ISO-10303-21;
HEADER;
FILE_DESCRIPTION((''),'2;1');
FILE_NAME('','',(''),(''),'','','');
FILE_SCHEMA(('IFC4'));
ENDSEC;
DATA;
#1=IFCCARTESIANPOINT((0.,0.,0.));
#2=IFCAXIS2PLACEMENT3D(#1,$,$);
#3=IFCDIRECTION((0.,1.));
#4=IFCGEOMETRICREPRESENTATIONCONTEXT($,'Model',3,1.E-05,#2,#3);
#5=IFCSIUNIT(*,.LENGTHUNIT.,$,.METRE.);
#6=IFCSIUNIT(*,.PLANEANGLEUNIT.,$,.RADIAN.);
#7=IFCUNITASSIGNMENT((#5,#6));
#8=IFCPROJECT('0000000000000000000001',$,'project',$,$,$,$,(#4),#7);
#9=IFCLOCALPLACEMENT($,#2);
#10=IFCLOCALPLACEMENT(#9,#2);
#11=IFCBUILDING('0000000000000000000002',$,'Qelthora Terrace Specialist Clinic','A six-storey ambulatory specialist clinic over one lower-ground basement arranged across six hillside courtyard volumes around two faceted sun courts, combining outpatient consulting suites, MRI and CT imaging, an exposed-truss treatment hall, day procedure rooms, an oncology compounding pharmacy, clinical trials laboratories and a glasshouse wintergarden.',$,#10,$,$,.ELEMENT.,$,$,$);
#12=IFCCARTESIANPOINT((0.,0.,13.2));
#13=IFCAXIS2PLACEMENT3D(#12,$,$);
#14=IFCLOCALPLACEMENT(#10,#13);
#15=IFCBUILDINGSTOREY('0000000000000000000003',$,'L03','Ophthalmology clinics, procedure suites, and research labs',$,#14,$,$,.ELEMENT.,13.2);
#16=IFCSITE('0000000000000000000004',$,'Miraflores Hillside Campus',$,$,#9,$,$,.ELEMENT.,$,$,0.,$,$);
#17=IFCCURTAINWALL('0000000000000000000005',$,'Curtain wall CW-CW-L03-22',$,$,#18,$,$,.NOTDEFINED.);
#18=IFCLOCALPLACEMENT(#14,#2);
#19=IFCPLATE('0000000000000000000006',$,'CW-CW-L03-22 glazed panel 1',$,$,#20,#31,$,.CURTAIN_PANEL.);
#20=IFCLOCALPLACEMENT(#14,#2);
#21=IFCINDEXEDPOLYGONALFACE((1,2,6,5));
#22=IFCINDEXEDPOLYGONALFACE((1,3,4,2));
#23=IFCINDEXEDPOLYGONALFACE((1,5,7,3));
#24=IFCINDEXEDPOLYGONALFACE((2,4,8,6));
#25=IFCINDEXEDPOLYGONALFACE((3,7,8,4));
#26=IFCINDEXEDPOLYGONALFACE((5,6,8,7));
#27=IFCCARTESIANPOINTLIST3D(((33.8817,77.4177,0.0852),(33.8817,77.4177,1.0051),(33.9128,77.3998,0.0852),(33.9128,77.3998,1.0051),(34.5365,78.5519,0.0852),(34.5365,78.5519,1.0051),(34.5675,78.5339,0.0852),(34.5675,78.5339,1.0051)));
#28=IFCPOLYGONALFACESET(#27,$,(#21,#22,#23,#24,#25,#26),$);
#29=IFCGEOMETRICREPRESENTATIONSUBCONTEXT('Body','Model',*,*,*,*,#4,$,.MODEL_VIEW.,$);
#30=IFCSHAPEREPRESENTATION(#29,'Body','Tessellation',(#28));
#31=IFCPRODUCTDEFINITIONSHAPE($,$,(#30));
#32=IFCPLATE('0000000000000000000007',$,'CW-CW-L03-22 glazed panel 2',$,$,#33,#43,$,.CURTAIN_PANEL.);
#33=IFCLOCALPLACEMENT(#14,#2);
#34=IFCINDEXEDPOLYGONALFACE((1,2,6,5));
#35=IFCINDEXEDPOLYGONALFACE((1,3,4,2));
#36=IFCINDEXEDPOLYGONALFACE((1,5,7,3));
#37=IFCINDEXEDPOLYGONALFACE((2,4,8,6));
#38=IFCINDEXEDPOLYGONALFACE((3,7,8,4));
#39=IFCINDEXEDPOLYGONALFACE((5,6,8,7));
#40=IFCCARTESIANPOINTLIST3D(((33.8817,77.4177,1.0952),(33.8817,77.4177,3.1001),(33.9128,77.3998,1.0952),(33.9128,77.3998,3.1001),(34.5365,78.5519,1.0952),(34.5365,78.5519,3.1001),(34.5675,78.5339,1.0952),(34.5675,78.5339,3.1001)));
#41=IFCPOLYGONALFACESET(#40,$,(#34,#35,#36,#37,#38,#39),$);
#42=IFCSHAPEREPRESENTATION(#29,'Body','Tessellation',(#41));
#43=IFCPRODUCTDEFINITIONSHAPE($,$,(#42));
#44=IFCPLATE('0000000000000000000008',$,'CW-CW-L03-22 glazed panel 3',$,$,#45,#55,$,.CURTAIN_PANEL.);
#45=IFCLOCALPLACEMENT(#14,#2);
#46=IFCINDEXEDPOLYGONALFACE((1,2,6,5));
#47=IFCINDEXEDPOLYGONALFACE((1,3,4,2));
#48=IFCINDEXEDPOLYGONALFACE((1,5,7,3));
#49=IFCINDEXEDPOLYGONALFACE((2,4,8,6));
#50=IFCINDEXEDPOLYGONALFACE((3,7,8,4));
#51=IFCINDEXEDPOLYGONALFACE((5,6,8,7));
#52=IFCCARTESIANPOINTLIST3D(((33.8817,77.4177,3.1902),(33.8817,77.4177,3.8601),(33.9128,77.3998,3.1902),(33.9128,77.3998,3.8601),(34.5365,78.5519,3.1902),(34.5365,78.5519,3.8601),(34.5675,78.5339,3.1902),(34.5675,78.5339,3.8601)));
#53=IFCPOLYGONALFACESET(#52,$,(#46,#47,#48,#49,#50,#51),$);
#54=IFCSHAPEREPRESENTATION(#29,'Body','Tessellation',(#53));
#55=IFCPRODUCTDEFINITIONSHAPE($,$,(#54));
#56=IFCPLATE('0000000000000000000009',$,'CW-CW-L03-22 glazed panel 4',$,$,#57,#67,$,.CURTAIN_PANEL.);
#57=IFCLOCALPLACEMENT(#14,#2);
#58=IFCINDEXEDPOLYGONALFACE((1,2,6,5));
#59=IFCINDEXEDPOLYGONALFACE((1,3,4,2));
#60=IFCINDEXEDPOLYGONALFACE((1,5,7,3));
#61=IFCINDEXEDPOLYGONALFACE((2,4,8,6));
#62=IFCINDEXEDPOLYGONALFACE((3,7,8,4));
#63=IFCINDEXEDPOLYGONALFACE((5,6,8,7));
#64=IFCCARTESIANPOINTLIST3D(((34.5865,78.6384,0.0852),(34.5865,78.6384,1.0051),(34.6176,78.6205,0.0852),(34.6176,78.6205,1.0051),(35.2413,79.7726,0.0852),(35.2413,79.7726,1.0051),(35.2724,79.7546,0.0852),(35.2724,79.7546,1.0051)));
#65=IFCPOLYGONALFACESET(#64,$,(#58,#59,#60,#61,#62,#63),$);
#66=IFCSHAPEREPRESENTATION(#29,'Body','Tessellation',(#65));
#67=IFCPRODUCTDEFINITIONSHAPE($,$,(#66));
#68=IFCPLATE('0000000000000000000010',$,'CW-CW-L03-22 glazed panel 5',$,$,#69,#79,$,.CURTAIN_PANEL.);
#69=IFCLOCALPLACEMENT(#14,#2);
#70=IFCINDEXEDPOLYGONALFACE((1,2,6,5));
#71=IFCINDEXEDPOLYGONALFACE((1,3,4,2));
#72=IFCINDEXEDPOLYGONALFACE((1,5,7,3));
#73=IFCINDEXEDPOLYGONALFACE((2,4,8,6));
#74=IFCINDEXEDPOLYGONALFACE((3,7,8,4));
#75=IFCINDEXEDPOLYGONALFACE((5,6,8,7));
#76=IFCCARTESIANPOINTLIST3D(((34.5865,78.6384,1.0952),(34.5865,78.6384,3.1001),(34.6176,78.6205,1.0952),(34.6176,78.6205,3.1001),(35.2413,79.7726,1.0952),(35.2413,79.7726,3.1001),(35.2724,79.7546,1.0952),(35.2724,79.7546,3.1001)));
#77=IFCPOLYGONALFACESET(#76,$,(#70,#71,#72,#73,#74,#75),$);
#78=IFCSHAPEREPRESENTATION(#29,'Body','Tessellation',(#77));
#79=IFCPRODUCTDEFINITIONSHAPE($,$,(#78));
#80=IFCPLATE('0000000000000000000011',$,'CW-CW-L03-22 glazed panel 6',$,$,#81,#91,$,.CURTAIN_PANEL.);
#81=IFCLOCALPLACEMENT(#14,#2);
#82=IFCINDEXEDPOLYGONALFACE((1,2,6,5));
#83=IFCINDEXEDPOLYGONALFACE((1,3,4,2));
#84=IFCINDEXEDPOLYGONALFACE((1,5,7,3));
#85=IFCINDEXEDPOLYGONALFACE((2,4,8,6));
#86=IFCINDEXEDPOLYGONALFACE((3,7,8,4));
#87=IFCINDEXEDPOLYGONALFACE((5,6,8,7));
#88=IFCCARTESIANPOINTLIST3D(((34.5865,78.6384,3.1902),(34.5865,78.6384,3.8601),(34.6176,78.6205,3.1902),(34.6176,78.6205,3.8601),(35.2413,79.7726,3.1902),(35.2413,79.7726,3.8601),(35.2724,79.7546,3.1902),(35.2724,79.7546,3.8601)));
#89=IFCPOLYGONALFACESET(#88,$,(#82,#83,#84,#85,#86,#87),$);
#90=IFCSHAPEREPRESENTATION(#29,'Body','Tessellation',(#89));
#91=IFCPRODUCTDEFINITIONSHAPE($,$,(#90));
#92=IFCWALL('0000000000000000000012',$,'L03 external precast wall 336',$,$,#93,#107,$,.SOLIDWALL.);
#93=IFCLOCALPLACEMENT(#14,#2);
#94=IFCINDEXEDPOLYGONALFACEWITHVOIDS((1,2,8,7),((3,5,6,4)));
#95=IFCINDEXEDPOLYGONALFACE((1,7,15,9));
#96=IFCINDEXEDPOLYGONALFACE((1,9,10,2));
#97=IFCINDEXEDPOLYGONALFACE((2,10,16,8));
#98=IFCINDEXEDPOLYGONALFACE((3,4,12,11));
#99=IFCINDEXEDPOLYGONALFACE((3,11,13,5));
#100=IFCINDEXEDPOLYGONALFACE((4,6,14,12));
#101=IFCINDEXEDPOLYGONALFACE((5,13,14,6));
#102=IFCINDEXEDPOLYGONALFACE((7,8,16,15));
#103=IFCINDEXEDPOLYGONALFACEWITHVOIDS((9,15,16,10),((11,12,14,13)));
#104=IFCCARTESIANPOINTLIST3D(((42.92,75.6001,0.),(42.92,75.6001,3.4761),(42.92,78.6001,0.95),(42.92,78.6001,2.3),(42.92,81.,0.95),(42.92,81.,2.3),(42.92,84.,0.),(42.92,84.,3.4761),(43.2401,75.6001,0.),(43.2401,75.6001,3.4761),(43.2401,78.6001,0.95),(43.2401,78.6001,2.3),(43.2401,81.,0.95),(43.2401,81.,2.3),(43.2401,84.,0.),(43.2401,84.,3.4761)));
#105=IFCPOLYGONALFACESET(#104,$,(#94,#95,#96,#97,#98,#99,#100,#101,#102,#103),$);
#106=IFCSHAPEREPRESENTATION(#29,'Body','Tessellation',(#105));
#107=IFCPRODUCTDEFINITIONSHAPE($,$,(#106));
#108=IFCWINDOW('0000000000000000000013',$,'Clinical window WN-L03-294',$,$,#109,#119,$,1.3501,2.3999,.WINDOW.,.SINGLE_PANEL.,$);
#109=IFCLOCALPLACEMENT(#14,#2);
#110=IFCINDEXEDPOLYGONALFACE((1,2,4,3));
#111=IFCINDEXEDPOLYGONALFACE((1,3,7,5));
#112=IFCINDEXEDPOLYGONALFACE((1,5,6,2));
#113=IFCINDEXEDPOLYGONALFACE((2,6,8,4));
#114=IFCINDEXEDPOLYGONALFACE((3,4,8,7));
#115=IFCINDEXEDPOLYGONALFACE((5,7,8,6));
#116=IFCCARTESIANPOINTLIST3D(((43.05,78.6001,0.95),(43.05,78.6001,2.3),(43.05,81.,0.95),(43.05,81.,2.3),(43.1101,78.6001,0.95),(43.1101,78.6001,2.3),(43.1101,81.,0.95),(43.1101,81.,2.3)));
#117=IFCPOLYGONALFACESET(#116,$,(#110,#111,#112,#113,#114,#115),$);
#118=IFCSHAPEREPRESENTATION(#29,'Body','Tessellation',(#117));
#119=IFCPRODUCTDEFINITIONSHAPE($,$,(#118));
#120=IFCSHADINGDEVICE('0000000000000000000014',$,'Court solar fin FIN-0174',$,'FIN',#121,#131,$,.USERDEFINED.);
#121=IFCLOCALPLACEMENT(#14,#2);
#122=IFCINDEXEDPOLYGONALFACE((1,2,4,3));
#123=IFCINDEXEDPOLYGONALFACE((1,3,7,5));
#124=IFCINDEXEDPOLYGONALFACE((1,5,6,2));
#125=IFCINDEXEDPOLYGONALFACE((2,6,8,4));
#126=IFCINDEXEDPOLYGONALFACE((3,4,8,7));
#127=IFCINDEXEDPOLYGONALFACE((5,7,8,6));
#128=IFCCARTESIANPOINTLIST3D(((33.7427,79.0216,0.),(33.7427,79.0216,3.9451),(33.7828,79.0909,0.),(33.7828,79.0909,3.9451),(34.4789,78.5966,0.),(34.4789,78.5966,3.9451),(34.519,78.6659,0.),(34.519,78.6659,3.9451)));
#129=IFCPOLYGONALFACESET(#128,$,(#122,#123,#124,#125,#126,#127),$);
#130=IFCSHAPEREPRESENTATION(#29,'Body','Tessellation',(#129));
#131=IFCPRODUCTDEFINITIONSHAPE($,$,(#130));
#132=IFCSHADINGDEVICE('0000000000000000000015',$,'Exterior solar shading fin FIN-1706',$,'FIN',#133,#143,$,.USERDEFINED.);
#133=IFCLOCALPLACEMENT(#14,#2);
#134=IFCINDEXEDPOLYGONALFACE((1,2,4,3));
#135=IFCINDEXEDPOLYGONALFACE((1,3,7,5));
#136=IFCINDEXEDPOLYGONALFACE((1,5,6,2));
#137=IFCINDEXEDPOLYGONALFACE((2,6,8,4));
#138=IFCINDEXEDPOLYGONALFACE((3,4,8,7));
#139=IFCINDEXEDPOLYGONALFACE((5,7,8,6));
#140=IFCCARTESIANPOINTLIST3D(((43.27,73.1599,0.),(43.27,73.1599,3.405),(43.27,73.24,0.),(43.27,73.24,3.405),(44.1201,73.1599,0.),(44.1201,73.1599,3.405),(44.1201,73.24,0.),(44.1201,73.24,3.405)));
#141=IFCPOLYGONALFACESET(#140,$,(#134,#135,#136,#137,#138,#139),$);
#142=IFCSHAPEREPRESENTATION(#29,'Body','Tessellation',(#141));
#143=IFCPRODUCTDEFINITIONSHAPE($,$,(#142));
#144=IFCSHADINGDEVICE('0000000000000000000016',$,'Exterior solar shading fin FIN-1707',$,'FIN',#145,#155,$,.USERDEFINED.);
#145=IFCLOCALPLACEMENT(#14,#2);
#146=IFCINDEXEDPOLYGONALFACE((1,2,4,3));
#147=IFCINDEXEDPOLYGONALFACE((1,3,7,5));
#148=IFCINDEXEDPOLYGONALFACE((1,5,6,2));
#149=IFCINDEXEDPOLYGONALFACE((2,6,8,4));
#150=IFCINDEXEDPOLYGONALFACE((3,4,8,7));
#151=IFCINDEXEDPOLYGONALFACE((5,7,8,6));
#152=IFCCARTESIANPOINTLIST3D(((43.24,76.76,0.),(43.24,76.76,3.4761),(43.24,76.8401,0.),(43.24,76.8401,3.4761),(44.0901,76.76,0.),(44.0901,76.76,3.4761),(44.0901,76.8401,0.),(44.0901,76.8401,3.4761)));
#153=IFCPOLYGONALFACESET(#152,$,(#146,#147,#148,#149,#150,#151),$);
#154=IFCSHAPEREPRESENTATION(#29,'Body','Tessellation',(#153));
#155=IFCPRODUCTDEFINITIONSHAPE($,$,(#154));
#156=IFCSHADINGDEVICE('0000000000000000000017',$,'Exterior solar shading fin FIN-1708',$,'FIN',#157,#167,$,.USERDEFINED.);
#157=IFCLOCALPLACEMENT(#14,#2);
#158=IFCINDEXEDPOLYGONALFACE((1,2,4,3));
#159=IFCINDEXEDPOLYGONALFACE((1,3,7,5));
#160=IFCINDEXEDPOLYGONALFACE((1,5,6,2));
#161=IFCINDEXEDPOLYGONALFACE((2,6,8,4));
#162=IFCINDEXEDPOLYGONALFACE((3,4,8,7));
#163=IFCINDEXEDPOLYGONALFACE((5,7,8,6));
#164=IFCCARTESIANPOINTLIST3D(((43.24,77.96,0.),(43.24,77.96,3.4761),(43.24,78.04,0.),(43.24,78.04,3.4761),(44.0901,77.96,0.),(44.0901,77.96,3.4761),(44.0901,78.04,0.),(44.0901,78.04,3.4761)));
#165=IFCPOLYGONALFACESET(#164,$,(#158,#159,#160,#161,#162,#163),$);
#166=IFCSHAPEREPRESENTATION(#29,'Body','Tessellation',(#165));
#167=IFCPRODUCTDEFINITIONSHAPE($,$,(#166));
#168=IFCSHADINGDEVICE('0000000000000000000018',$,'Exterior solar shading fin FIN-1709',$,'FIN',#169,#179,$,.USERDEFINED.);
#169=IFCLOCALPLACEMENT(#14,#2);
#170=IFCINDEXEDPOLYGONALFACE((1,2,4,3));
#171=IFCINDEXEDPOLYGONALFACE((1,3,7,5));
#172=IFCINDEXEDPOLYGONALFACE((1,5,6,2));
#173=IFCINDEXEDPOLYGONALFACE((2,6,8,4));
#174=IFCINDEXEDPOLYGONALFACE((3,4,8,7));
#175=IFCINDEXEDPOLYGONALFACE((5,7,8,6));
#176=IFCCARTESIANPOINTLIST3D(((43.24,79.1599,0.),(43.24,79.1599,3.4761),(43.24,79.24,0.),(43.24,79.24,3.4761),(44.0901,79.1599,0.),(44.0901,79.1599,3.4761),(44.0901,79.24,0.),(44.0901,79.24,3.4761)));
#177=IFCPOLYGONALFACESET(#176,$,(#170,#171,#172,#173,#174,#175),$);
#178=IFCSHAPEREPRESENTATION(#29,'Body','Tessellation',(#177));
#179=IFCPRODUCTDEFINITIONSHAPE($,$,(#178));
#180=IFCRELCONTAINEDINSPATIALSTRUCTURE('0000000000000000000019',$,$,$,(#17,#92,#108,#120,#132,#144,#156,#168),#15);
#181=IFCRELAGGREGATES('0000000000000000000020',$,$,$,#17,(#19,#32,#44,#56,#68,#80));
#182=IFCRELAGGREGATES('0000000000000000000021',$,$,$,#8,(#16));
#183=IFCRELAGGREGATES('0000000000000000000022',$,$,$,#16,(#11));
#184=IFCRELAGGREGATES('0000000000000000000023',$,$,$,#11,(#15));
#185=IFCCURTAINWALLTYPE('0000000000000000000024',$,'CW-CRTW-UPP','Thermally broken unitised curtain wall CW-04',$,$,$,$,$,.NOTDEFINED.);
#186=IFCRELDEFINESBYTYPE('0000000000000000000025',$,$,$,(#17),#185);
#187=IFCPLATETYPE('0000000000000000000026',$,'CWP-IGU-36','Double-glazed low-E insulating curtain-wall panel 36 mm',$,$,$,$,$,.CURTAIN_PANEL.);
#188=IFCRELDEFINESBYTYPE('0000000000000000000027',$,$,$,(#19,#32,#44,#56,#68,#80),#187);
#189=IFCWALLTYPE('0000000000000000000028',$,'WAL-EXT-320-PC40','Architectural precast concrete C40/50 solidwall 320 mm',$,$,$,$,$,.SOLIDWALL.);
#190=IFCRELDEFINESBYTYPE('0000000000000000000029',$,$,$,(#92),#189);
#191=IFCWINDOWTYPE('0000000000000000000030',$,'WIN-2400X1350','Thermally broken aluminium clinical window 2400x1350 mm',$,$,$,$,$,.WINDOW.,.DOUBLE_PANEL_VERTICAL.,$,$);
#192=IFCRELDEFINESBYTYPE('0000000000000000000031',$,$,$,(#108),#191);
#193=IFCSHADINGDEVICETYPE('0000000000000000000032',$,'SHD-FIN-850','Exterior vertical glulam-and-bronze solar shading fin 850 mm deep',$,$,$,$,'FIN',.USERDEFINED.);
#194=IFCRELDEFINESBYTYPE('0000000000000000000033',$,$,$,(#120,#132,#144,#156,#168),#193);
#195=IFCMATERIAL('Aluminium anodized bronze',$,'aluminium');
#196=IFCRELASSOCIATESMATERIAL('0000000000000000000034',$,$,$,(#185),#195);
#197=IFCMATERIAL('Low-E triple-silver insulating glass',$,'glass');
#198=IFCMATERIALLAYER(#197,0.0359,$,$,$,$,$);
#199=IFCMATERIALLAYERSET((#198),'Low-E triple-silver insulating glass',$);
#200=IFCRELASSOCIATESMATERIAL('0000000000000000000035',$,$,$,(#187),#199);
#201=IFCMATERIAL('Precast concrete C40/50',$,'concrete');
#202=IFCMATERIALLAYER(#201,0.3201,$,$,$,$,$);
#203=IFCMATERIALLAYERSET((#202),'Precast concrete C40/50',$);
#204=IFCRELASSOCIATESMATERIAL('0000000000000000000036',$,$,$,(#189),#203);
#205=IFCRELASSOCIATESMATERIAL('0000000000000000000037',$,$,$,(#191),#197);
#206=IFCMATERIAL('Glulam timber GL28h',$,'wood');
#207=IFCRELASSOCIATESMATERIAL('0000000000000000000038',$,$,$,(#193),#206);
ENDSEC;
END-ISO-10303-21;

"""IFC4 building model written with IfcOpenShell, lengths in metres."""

from ifc_helpers import new_model, si_unit, direction, frame, frame_2d, origin, origin_2d, place, context, subcontext, project, spatial, rectangle, extrude, material, layer, layer_set, type_object, element, fill, aggregate, save


model = new_model("IFC4")

# Units and contexts
model_context = context("Model", 3, precision=1e-05, world=origin(), true_north=direction((0.0, 1.0)))
body_context = subcontext(model_context, "Body", "Model", "MODEL_VIEW")
ifc_project = project(units=[si_unit("LENGTHUNIT", "METRE"), si_unit("PLANEANGLEUNIT", "RADIAN")], contexts=[model_context])

# Site, building, storey
site_placement = place(None, origin())
site = spatial("IfcSite", under=ifc_project, at=site_placement, Name="Miraflores Hillside Campus", CompositionType="ELEMENT", RefElevation=0.0)
building_placement = place(site_placement, origin())
building = spatial("IfcBuilding", under=site, at=building_placement, Name="Qelthora Terrace Specialist Clinic", Description="A six-storey ambulatory specialist clinic over one lower-ground basement arranged across six hillside courtyard volumes around two faceted sun courts, combining outpatient consulting suites, MRI and CT imaging, an exposed-truss treatment hall, day procedure rooms, an oncology compounding pharmacy, clinical trials laboratories and a glasshouse wintergarden.", CompositionType="ELEMENT")
storey_placement = place(building_placement, frame((0.0, 0.0, 13.2)))
storey = spatial("IfcBuildingStorey", under=building, at=storey_placement, Name="L03", Description="Ophthalmology clinics, procedure suites, and research labs", CompositionType="ELEMENT", Elevation=13.2)

# Curtain wall
ifc_material_1 = material(Name="Aluminium anodized bronze", Category="aluminium")
curtain_wall_type = type_object("IfcCurtainWallType", Name="CW-CRTW-UPP", Description="Thermally broken unitised curtain wall CW-04", PredefinedType="NOTDEFINED", material=ifc_material_1)
curtain_wall_1_placement = place(storey_placement, origin())
curtain_wall_1 = element("IfcCurtainWall", 1, at=curtain_wall_1_placement, inside=storey, type_object=curtain_wall_type, Name="Curtain wall CW-CW-L03-22", PredefinedType="NOTDEFINED")

# Plates
ifc_material_2 = material(Name="Low-E triple-silver insulating glass", Category="glass")
ifc_layer_1 = layer(ifc_material_2, 0.0359)
ifc_layer_set_1 = layer_set([ifc_layer_1], Name="Low-E triple-silver insulating glass")
plate_type = type_object("IfcPlateType", Name="CWP-IGU-36", Description="Double-glazed low-E insulating curtain-wall panel 36 mm", PredefinedType="CURTAIN_PANEL", material=ifc_layer_set_1)
plate_1_placement = place(storey_placement, frame((34.2246, 77.9758, 0.0852), z_axis=(0.0, 0.0, 1.0), x_axis=(0.5, 0.866025, 0.0)))
plate_1 = element("IfcPlate", 2, at=plate_1_placement, type_object=plate_type, Name="CW-CW-L03-22 glazed panel 1", PredefinedType="CURTAIN_PANEL", context=body_context, shape_type="SweptSolid", body=[
    extrude(rectangle(XDim=1.3096, YDim=0.0359, at=origin_2d()), origin(), (0.0, 0.0, 1.0), 0.9199),
])
plate_2_placement = place(storey_placement, frame((34.2246, 77.9758, 1.0952), z_axis=(0.0, 0.0, 1.0), x_axis=(0.5, 0.866025, 0.0)))
plate_2 = element("IfcPlate", 3, at=plate_2_placement, type_object=plate_type, Name="CW-CW-L03-22 glazed panel 2", PredefinedType="CURTAIN_PANEL", context=body_context, shape_type="SweptSolid", body=[
    extrude(rectangle(XDim=1.3096, YDim=0.0359, at=origin_2d()), origin(), (0.0, 0.0, 1.0), 2.0049),
])
plate_3_placement = place(storey_placement, frame((34.2246, 77.9758, 3.1902), z_axis=(0.0, 0.0, 1.0), x_axis=(0.5, 0.866025, 0.0)))
plate_3 = element("IfcPlate", 4, at=plate_3_placement, type_object=plate_type, Name="CW-CW-L03-22 glazed panel 3", PredefinedType="CURTAIN_PANEL", context=body_context, shape_type="SweptSolid", body=[
    extrude(rectangle(XDim=1.3096, YDim=0.0359, at=origin_2d()), origin(), (0.0, 0.0, 1.0), 0.6699),
])
plate_4_placement = place(storey_placement, frame((34.9294, 79.1965, 0.0852), z_axis=(0.0, 0.0, 1.0), x_axis=(0.5, 0.866025, 0.0)))
plate_4 = element("IfcPlate", 5, at=plate_4_placement, type_object=plate_type, Name="CW-CW-L03-22 glazed panel 4", PredefinedType="CURTAIN_PANEL", context=body_context, shape_type="SweptSolid", body=[
    extrude(rectangle(XDim=1.3096, YDim=0.0359, at=origin_2d()), origin(), (0.0, 0.0, 1.0), 0.9199),
])
plate_5_placement = place(storey_placement, frame((34.9294, 79.1965, 1.0952), z_axis=(0.0, 0.0, 1.0), x_axis=(0.5, 0.866025, 0.0)))
plate_5 = element("IfcPlate", 6, at=plate_5_placement, type_object=plate_type, Name="CW-CW-L03-22 glazed panel 5", PredefinedType="CURTAIN_PANEL", context=body_context, shape_type="SweptSolid", body=[
    extrude(rectangle(XDim=1.3096, YDim=0.0359, at=origin_2d()), origin(), (0.0, 0.0, 1.0), 2.0049),
])
plate_6_placement = place(storey_placement, frame((34.9294, 79.1965, 3.1902), z_axis=(0.0, 0.0, 1.0), x_axis=(0.5, 0.866025, 0.0)))
plate_6 = element("IfcPlate", 7, at=plate_6_placement, type_object=plate_type, Name="CW-CW-L03-22 glazed panel 6", PredefinedType="CURTAIN_PANEL", context=body_context, shape_type="SweptSolid", body=[
    extrude(rectangle(XDim=1.3096, YDim=0.0359, at=origin_2d()), origin(), (0.0, 0.0, 1.0), 0.6699),
])
aggregate(curtain_wall_1, [plate_1, plate_2, plate_3, plate_4, plate_5, plate_6])

# Wall, opening, window
ifc_material_3 = material(Name="Precast concrete C40/50", Category="concrete")
ifc_layer_2 = layer(ifc_material_3, 0.3201)
ifc_layer_set_2 = layer_set([ifc_layer_2], Name="Precast concrete C40/50")
wall_type = type_object("IfcWallType", Name="WAL-EXT-320-PC40", Description="Architectural precast concrete C40/50 solidwall 320 mm", PredefinedType="SOLIDWALL", material=ifc_layer_set_2)
wall_placement = place(storey_placement, frame((43.0801, 75.6001, 0.0), z_axis=(0.0, 0.0, 1.0), x_axis=(0.0, 1.0, 0.0)))
wall = element("IfcWall", 8, at=wall_placement, inside=storey, type_object=wall_type, Name="L03 external precast wall 336", PredefinedType="SOLIDWALL", context=body_context, shape_type="SweptSolid", body=[
    extrude(rectangle(XDim=8.3999, YDim=0.3201, at=frame_2d((4.2, 0.0))), origin(), (0.0, 0.0, 1.0), 3.4761),
])
opening_placement = place(wall_placement, frame((3.0, 0.0, 0.95)))
opening = element("IfcOpeningElement", 9, at=opening_placement, cuts=wall, PredefinedType="OPENING", context=body_context, shape_type="SweptSolid", body=[
    extrude(rectangle(XDim=2.3999, YDim=1.3501, at=frame_2d((1.2, 0.675))), frame((0.0, 0.1699, 0.0), z_axis=(0.0, -1.0, 0.0), x_axis=(1.0, 0.0, 0.0)), (0.0, 0.0, 1.0), 0.3401),
])
window_type = type_object("IfcWindowType", Name="WIN-2400X1350", Description="Thermally broken aluminium clinical window 2400x1350 mm", PartitioningType="DOUBLE_PANEL_VERTICAL", PredefinedType="WINDOW", material=ifc_material_2)
window_placement = place(opening_placement, origin())
window = element("IfcWindow", 10, at=window_placement, inside=storey, type_object=window_type, Name="Clinical window WN-L03-294", OverallHeight=1.3501, OverallWidth=2.3999, PartitioningType="SINGLE_PANEL", PredefinedType="WINDOW", context=body_context, shape_type="SweptSolid", body=[
    extrude(rectangle(XDim=2.3999, YDim=1.3501, at=frame_2d((1.2, 0.675))), frame((0.0, 0.03, 0.0), z_axis=(0.0, -1.0, 0.0), x_axis=(1.0, 0.0, 0.0)), (0.0, 0.0, 1.0), 0.0601),
])
fill(opening, window)

# Shading devices
ifc_material_4 = material(Name="Glulam timber GL28h", Category="wood")
shading_device_type = type_object("IfcShadingDeviceType", Name="SHD-FIN-850", Description="Exterior vertical glulam-and-bronze solar shading fin 850 mm deep", ElementType="FIN", PredefinedType="USERDEFINED", material=ifc_material_4)
shading_device_1_placement = place(storey_placement, frame((34.1309, 78.8438, 0.0), z_axis=(0.0, 0.0, 1.0), x_axis=(-0.866025, 0.5, 0.0)))
element("IfcShadingDevice", 11, at=shading_device_1_placement, inside=storey, type_object=shading_device_type, Name="Court solar fin FIN-0174", ObjectType="FIN", PredefinedType="USERDEFINED", context=body_context, shape_type="SweptSolid", body=[
    extrude(rectangle(XDim=0.8501, YDim=0.0801, at=origin_2d()), origin(), (0.0, 0.0, 1.0), 3.9451),
])
shading_device_2_placement = place(storey_placement, frame((43.6951, 73.2, 0.0), z_axis=(0.0, 0.0, 1.0), x_axis=(1.0, 0.0, 0.0)))
element("IfcShadingDevice", 12, at=shading_device_2_placement, inside=storey, type_object=shading_device_type, Name="Exterior solar shading fin FIN-1706", ObjectType="FIN", PredefinedType="USERDEFINED", context=body_context, shape_type="SweptSolid", body=[
    extrude(rectangle(XDim=0.8501, YDim=0.0801, at=origin_2d()), origin(), (0.0, 0.0, 1.0), 3.405),
])
for number, where, z_axis, x_axis, name in (
    (13, (43.665, 76.8, 0.0), (0.0, 0.0, 1.0), (1.0, 0.0, 0.0), "Exterior solar shading fin FIN-1707"),
    (14, (43.665, 78.0, 0.0), (0.0, 0.0, 1.0), (1.0, 0.0, 0.0), "Exterior solar shading fin FIN-1708"),
    (15, (43.665, 79.2, 0.0), (0.0, 0.0, 1.0), (1.0, 0.0, 0.0), "Exterior solar shading fin FIN-1709"),
):
    element("IfcShadingDevice", number, at=place(storey_placement, frame(where, z_axis=z_axis, x_axis=x_axis)), inside=storey, type_object=shading_device_type, Name=name, ObjectType="FIN", PredefinedType="USERDEFINED", context=body_context, shape_type="SweptSolid", body=[
        extrude(rectangle(XDim=0.8501, YDim=0.0801, at=origin_2d()), origin(), (0.0, 0.0, 1.0), 3.4761),
    ])

save(model, "model.ifc")
